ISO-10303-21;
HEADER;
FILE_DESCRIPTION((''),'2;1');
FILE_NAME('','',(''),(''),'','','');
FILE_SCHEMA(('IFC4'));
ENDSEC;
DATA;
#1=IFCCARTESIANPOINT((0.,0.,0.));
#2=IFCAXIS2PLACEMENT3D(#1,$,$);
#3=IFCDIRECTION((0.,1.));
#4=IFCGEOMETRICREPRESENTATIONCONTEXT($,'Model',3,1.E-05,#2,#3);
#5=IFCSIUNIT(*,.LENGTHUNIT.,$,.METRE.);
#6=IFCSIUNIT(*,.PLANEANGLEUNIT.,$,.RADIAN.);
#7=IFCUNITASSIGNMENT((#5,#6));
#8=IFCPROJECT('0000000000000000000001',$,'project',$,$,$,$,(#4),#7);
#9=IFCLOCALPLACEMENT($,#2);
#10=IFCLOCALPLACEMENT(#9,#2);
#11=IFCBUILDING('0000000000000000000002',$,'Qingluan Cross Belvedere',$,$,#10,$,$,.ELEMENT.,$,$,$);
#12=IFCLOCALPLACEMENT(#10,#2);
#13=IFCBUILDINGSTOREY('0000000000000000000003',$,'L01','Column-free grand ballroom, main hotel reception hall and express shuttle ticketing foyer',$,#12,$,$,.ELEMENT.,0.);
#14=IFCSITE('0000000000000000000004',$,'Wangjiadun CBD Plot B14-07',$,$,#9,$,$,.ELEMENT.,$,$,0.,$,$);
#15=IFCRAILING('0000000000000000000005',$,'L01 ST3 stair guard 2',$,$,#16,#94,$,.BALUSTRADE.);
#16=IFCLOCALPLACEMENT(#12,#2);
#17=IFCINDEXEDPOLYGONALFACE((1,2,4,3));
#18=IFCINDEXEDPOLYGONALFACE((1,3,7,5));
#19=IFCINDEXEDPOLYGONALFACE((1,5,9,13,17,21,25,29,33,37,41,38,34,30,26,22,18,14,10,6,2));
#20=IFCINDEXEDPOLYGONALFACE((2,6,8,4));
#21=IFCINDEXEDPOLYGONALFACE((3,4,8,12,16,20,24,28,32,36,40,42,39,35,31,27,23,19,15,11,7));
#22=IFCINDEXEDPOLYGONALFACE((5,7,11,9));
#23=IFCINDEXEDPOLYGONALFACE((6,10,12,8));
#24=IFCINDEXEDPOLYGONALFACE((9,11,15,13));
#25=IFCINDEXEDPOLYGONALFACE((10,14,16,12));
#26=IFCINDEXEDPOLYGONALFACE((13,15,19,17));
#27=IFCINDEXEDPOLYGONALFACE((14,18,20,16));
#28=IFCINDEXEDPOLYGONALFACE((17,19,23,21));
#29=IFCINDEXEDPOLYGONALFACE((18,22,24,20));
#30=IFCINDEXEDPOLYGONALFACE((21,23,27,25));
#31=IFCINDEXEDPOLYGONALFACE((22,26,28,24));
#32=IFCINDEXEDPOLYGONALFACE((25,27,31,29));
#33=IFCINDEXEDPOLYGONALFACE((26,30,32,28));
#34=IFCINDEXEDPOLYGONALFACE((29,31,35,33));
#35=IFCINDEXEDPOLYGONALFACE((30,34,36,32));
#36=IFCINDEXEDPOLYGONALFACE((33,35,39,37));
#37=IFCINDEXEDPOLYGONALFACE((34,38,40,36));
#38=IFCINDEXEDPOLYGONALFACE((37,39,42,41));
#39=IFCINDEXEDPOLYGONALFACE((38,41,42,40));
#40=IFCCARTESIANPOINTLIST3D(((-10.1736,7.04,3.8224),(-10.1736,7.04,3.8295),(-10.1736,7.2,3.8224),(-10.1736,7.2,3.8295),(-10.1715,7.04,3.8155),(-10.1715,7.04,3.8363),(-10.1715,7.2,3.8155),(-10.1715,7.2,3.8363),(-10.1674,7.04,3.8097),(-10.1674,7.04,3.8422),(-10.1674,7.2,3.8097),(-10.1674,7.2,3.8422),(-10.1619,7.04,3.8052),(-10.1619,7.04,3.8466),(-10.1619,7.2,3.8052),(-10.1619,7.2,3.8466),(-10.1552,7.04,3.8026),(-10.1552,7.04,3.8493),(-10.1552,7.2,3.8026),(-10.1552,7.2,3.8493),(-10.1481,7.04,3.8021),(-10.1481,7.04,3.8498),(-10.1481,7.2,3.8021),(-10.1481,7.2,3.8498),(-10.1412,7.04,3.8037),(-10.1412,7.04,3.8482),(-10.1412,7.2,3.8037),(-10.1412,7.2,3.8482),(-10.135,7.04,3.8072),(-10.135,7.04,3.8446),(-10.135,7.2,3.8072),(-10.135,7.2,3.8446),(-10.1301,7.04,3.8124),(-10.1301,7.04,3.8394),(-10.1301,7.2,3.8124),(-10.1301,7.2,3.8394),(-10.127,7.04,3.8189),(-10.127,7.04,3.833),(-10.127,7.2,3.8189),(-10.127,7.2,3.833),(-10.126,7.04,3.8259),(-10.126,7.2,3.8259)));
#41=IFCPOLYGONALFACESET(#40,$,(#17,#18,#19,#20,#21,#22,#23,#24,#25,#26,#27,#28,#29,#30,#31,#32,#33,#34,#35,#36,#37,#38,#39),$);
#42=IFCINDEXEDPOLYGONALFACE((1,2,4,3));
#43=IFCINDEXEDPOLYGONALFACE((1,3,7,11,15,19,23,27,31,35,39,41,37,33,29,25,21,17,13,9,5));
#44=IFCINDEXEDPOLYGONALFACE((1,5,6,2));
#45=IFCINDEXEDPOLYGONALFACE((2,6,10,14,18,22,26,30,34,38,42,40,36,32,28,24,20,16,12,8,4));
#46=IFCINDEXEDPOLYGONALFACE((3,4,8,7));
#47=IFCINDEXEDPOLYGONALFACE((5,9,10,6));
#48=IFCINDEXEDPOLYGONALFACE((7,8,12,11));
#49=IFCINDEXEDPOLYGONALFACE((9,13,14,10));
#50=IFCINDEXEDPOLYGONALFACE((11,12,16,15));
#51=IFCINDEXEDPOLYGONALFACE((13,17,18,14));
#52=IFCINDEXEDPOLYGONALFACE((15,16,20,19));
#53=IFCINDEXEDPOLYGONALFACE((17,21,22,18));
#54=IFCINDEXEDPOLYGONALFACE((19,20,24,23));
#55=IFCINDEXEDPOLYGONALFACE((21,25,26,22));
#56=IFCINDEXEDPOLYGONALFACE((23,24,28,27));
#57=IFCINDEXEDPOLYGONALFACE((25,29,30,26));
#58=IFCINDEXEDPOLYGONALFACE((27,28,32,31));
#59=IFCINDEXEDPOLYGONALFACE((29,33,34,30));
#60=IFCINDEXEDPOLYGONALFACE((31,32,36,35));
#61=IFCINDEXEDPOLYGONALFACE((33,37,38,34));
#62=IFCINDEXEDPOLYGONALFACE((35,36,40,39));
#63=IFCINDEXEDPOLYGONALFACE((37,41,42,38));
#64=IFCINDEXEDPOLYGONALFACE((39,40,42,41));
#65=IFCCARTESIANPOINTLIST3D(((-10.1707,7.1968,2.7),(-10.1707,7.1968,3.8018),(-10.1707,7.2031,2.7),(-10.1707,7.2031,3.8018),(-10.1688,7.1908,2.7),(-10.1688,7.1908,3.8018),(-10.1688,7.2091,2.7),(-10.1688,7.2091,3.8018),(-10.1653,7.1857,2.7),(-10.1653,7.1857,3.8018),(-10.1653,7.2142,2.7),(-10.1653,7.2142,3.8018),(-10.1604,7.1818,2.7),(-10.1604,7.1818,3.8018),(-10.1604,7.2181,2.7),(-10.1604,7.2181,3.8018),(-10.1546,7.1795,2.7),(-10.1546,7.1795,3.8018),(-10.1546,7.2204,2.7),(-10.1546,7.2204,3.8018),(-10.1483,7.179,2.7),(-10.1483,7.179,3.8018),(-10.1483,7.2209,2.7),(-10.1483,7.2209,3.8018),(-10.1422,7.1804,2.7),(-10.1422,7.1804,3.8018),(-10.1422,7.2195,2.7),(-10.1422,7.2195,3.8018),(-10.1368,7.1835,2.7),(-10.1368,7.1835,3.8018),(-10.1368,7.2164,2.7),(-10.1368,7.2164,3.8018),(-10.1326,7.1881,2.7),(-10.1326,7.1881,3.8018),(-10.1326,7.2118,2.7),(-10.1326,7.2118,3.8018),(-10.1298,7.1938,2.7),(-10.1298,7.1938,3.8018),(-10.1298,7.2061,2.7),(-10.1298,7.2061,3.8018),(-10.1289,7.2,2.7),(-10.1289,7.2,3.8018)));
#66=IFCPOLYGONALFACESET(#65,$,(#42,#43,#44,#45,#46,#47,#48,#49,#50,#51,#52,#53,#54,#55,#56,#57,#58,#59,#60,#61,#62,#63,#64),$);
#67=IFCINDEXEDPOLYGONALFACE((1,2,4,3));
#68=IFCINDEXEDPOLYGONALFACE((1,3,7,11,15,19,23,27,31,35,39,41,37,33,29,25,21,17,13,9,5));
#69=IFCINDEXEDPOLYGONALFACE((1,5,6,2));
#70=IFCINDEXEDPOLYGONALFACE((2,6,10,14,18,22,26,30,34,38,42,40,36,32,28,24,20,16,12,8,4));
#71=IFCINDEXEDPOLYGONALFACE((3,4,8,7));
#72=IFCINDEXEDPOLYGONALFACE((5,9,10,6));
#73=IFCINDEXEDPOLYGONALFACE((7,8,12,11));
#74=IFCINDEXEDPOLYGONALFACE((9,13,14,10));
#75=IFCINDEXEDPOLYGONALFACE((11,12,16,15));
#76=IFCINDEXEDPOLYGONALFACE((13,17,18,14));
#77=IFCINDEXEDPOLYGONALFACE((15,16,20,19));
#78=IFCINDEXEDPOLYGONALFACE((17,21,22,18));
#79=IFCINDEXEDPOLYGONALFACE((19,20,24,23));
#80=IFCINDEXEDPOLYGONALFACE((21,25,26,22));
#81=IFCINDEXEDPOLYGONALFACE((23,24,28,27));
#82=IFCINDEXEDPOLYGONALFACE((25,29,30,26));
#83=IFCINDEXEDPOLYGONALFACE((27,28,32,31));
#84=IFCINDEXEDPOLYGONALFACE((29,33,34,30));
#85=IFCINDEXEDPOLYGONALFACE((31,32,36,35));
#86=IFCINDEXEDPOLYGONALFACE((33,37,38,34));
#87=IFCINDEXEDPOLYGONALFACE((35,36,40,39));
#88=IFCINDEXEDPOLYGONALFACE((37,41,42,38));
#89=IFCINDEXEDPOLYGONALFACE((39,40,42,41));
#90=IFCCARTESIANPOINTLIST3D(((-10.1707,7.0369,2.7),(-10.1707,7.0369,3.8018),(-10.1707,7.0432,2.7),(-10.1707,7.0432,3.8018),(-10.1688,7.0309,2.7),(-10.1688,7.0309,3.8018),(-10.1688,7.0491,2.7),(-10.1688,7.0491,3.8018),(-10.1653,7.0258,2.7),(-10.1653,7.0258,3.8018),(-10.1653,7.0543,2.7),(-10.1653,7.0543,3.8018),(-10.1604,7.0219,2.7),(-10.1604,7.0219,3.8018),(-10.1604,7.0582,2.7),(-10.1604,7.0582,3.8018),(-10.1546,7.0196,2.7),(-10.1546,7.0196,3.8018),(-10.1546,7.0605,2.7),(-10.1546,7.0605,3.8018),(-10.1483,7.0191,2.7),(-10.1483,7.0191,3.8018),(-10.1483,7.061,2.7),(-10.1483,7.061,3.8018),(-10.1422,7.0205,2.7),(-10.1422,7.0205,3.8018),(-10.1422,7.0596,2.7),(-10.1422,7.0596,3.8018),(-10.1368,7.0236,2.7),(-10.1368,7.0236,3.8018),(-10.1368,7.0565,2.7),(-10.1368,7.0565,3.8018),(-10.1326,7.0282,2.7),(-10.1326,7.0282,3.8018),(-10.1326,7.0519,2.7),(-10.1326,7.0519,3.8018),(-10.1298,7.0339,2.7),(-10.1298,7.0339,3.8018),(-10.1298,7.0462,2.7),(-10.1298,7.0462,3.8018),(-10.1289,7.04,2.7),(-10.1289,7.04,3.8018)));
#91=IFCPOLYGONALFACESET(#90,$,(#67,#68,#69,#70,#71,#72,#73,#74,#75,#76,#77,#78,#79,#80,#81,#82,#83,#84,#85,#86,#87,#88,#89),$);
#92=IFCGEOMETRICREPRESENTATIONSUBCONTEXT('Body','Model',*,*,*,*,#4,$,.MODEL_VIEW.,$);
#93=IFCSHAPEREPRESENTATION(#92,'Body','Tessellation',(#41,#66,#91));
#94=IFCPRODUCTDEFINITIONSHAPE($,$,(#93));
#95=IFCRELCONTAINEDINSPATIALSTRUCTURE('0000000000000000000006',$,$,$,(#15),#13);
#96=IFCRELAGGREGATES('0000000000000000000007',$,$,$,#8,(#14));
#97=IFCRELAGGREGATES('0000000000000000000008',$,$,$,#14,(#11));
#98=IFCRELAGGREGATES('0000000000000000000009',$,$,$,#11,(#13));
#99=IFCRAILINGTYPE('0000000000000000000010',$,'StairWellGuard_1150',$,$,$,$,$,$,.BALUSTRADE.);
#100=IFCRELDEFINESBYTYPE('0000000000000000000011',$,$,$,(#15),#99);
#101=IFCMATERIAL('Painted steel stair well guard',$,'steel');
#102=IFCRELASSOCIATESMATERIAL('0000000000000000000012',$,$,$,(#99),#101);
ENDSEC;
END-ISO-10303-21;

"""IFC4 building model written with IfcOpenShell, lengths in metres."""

from ifc_helpers import new_model, si_unit, direction, frame, origin, origin_2d, place, context, subcontext, project, spatial, circle, extrude, material, type_object, element, save


model = new_model("IFC4")

# Units and contexts
model_context = context("Model", 3, precision=1e-05, world=origin(), true_north=direction((0.0, 1.0)))
body_context = subcontext(model_context, "Body", "Model", "MODEL_VIEW")
ifc_project = project(units=[si_unit("LENGTHUNIT", "METRE"), si_unit("PLANEANGLEUNIT", "RADIAN")], contexts=[model_context])

# Site, building, storey
site_placement = place(None, origin())
site = spatial("IfcSite", under=ifc_project, at=site_placement, Name="Wangjiadun CBD Plot B14-07", CompositionType="ELEMENT", RefElevation=0.0)
building_placement = place(site_placement, origin())
building = spatial("IfcBuilding", under=site, at=building_placement, Name="Qingluan Cross Belvedere", CompositionType="ELEMENT")
storey_placement = place(building_placement, origin())
storey = spatial("IfcBuildingStorey", under=building, at=storey_placement, Name="L01", Description="Column-free grand ballroom, main hotel reception hall and express shuttle ticketing foyer", CompositionType="ELEMENT", Elevation=0.0)

# Railing
ifc_material_1 = material(Name="Painted steel stair well guard", Category="steel")
railing_type_1 = type_object("IfcRailingType", Name="StairWellGuard_1150", PredefinedType="BALUSTRADE", material=ifc_material_1)
railing_1_placement = place(storey_placement, frame((-10.1499, 7.2, 2.7)))
element("IfcRailing", 1, at=railing_1_placement, inside=storey, type_object=railing_type_1, Name="L01 ST3 stair guard 2", PredefinedType="BALUSTRADE", context=body_context, shape_type="SweptSolid", body=[
    extrude(circle(Radius=0.0239, at=origin_2d()), frame((0.0, 0.0, 1.126), z_axis=(0.0, -1.0, 0.0), x_axis=(1.0, 0.0, 0.0)), (0.0, 0.0, 1.0), 0.1599),
    extrude(circle(Radius=0.021, at=origin_2d()), origin(), (0.0, 0.0, 1.0), 1.1018),
    extrude(circle(Radius=0.021, at=origin_2d()), frame((0.0, -0.1599, 0.0)), (0.0, 0.0, 1.0), 1.1018),
])

save(model, "model.ifc")
